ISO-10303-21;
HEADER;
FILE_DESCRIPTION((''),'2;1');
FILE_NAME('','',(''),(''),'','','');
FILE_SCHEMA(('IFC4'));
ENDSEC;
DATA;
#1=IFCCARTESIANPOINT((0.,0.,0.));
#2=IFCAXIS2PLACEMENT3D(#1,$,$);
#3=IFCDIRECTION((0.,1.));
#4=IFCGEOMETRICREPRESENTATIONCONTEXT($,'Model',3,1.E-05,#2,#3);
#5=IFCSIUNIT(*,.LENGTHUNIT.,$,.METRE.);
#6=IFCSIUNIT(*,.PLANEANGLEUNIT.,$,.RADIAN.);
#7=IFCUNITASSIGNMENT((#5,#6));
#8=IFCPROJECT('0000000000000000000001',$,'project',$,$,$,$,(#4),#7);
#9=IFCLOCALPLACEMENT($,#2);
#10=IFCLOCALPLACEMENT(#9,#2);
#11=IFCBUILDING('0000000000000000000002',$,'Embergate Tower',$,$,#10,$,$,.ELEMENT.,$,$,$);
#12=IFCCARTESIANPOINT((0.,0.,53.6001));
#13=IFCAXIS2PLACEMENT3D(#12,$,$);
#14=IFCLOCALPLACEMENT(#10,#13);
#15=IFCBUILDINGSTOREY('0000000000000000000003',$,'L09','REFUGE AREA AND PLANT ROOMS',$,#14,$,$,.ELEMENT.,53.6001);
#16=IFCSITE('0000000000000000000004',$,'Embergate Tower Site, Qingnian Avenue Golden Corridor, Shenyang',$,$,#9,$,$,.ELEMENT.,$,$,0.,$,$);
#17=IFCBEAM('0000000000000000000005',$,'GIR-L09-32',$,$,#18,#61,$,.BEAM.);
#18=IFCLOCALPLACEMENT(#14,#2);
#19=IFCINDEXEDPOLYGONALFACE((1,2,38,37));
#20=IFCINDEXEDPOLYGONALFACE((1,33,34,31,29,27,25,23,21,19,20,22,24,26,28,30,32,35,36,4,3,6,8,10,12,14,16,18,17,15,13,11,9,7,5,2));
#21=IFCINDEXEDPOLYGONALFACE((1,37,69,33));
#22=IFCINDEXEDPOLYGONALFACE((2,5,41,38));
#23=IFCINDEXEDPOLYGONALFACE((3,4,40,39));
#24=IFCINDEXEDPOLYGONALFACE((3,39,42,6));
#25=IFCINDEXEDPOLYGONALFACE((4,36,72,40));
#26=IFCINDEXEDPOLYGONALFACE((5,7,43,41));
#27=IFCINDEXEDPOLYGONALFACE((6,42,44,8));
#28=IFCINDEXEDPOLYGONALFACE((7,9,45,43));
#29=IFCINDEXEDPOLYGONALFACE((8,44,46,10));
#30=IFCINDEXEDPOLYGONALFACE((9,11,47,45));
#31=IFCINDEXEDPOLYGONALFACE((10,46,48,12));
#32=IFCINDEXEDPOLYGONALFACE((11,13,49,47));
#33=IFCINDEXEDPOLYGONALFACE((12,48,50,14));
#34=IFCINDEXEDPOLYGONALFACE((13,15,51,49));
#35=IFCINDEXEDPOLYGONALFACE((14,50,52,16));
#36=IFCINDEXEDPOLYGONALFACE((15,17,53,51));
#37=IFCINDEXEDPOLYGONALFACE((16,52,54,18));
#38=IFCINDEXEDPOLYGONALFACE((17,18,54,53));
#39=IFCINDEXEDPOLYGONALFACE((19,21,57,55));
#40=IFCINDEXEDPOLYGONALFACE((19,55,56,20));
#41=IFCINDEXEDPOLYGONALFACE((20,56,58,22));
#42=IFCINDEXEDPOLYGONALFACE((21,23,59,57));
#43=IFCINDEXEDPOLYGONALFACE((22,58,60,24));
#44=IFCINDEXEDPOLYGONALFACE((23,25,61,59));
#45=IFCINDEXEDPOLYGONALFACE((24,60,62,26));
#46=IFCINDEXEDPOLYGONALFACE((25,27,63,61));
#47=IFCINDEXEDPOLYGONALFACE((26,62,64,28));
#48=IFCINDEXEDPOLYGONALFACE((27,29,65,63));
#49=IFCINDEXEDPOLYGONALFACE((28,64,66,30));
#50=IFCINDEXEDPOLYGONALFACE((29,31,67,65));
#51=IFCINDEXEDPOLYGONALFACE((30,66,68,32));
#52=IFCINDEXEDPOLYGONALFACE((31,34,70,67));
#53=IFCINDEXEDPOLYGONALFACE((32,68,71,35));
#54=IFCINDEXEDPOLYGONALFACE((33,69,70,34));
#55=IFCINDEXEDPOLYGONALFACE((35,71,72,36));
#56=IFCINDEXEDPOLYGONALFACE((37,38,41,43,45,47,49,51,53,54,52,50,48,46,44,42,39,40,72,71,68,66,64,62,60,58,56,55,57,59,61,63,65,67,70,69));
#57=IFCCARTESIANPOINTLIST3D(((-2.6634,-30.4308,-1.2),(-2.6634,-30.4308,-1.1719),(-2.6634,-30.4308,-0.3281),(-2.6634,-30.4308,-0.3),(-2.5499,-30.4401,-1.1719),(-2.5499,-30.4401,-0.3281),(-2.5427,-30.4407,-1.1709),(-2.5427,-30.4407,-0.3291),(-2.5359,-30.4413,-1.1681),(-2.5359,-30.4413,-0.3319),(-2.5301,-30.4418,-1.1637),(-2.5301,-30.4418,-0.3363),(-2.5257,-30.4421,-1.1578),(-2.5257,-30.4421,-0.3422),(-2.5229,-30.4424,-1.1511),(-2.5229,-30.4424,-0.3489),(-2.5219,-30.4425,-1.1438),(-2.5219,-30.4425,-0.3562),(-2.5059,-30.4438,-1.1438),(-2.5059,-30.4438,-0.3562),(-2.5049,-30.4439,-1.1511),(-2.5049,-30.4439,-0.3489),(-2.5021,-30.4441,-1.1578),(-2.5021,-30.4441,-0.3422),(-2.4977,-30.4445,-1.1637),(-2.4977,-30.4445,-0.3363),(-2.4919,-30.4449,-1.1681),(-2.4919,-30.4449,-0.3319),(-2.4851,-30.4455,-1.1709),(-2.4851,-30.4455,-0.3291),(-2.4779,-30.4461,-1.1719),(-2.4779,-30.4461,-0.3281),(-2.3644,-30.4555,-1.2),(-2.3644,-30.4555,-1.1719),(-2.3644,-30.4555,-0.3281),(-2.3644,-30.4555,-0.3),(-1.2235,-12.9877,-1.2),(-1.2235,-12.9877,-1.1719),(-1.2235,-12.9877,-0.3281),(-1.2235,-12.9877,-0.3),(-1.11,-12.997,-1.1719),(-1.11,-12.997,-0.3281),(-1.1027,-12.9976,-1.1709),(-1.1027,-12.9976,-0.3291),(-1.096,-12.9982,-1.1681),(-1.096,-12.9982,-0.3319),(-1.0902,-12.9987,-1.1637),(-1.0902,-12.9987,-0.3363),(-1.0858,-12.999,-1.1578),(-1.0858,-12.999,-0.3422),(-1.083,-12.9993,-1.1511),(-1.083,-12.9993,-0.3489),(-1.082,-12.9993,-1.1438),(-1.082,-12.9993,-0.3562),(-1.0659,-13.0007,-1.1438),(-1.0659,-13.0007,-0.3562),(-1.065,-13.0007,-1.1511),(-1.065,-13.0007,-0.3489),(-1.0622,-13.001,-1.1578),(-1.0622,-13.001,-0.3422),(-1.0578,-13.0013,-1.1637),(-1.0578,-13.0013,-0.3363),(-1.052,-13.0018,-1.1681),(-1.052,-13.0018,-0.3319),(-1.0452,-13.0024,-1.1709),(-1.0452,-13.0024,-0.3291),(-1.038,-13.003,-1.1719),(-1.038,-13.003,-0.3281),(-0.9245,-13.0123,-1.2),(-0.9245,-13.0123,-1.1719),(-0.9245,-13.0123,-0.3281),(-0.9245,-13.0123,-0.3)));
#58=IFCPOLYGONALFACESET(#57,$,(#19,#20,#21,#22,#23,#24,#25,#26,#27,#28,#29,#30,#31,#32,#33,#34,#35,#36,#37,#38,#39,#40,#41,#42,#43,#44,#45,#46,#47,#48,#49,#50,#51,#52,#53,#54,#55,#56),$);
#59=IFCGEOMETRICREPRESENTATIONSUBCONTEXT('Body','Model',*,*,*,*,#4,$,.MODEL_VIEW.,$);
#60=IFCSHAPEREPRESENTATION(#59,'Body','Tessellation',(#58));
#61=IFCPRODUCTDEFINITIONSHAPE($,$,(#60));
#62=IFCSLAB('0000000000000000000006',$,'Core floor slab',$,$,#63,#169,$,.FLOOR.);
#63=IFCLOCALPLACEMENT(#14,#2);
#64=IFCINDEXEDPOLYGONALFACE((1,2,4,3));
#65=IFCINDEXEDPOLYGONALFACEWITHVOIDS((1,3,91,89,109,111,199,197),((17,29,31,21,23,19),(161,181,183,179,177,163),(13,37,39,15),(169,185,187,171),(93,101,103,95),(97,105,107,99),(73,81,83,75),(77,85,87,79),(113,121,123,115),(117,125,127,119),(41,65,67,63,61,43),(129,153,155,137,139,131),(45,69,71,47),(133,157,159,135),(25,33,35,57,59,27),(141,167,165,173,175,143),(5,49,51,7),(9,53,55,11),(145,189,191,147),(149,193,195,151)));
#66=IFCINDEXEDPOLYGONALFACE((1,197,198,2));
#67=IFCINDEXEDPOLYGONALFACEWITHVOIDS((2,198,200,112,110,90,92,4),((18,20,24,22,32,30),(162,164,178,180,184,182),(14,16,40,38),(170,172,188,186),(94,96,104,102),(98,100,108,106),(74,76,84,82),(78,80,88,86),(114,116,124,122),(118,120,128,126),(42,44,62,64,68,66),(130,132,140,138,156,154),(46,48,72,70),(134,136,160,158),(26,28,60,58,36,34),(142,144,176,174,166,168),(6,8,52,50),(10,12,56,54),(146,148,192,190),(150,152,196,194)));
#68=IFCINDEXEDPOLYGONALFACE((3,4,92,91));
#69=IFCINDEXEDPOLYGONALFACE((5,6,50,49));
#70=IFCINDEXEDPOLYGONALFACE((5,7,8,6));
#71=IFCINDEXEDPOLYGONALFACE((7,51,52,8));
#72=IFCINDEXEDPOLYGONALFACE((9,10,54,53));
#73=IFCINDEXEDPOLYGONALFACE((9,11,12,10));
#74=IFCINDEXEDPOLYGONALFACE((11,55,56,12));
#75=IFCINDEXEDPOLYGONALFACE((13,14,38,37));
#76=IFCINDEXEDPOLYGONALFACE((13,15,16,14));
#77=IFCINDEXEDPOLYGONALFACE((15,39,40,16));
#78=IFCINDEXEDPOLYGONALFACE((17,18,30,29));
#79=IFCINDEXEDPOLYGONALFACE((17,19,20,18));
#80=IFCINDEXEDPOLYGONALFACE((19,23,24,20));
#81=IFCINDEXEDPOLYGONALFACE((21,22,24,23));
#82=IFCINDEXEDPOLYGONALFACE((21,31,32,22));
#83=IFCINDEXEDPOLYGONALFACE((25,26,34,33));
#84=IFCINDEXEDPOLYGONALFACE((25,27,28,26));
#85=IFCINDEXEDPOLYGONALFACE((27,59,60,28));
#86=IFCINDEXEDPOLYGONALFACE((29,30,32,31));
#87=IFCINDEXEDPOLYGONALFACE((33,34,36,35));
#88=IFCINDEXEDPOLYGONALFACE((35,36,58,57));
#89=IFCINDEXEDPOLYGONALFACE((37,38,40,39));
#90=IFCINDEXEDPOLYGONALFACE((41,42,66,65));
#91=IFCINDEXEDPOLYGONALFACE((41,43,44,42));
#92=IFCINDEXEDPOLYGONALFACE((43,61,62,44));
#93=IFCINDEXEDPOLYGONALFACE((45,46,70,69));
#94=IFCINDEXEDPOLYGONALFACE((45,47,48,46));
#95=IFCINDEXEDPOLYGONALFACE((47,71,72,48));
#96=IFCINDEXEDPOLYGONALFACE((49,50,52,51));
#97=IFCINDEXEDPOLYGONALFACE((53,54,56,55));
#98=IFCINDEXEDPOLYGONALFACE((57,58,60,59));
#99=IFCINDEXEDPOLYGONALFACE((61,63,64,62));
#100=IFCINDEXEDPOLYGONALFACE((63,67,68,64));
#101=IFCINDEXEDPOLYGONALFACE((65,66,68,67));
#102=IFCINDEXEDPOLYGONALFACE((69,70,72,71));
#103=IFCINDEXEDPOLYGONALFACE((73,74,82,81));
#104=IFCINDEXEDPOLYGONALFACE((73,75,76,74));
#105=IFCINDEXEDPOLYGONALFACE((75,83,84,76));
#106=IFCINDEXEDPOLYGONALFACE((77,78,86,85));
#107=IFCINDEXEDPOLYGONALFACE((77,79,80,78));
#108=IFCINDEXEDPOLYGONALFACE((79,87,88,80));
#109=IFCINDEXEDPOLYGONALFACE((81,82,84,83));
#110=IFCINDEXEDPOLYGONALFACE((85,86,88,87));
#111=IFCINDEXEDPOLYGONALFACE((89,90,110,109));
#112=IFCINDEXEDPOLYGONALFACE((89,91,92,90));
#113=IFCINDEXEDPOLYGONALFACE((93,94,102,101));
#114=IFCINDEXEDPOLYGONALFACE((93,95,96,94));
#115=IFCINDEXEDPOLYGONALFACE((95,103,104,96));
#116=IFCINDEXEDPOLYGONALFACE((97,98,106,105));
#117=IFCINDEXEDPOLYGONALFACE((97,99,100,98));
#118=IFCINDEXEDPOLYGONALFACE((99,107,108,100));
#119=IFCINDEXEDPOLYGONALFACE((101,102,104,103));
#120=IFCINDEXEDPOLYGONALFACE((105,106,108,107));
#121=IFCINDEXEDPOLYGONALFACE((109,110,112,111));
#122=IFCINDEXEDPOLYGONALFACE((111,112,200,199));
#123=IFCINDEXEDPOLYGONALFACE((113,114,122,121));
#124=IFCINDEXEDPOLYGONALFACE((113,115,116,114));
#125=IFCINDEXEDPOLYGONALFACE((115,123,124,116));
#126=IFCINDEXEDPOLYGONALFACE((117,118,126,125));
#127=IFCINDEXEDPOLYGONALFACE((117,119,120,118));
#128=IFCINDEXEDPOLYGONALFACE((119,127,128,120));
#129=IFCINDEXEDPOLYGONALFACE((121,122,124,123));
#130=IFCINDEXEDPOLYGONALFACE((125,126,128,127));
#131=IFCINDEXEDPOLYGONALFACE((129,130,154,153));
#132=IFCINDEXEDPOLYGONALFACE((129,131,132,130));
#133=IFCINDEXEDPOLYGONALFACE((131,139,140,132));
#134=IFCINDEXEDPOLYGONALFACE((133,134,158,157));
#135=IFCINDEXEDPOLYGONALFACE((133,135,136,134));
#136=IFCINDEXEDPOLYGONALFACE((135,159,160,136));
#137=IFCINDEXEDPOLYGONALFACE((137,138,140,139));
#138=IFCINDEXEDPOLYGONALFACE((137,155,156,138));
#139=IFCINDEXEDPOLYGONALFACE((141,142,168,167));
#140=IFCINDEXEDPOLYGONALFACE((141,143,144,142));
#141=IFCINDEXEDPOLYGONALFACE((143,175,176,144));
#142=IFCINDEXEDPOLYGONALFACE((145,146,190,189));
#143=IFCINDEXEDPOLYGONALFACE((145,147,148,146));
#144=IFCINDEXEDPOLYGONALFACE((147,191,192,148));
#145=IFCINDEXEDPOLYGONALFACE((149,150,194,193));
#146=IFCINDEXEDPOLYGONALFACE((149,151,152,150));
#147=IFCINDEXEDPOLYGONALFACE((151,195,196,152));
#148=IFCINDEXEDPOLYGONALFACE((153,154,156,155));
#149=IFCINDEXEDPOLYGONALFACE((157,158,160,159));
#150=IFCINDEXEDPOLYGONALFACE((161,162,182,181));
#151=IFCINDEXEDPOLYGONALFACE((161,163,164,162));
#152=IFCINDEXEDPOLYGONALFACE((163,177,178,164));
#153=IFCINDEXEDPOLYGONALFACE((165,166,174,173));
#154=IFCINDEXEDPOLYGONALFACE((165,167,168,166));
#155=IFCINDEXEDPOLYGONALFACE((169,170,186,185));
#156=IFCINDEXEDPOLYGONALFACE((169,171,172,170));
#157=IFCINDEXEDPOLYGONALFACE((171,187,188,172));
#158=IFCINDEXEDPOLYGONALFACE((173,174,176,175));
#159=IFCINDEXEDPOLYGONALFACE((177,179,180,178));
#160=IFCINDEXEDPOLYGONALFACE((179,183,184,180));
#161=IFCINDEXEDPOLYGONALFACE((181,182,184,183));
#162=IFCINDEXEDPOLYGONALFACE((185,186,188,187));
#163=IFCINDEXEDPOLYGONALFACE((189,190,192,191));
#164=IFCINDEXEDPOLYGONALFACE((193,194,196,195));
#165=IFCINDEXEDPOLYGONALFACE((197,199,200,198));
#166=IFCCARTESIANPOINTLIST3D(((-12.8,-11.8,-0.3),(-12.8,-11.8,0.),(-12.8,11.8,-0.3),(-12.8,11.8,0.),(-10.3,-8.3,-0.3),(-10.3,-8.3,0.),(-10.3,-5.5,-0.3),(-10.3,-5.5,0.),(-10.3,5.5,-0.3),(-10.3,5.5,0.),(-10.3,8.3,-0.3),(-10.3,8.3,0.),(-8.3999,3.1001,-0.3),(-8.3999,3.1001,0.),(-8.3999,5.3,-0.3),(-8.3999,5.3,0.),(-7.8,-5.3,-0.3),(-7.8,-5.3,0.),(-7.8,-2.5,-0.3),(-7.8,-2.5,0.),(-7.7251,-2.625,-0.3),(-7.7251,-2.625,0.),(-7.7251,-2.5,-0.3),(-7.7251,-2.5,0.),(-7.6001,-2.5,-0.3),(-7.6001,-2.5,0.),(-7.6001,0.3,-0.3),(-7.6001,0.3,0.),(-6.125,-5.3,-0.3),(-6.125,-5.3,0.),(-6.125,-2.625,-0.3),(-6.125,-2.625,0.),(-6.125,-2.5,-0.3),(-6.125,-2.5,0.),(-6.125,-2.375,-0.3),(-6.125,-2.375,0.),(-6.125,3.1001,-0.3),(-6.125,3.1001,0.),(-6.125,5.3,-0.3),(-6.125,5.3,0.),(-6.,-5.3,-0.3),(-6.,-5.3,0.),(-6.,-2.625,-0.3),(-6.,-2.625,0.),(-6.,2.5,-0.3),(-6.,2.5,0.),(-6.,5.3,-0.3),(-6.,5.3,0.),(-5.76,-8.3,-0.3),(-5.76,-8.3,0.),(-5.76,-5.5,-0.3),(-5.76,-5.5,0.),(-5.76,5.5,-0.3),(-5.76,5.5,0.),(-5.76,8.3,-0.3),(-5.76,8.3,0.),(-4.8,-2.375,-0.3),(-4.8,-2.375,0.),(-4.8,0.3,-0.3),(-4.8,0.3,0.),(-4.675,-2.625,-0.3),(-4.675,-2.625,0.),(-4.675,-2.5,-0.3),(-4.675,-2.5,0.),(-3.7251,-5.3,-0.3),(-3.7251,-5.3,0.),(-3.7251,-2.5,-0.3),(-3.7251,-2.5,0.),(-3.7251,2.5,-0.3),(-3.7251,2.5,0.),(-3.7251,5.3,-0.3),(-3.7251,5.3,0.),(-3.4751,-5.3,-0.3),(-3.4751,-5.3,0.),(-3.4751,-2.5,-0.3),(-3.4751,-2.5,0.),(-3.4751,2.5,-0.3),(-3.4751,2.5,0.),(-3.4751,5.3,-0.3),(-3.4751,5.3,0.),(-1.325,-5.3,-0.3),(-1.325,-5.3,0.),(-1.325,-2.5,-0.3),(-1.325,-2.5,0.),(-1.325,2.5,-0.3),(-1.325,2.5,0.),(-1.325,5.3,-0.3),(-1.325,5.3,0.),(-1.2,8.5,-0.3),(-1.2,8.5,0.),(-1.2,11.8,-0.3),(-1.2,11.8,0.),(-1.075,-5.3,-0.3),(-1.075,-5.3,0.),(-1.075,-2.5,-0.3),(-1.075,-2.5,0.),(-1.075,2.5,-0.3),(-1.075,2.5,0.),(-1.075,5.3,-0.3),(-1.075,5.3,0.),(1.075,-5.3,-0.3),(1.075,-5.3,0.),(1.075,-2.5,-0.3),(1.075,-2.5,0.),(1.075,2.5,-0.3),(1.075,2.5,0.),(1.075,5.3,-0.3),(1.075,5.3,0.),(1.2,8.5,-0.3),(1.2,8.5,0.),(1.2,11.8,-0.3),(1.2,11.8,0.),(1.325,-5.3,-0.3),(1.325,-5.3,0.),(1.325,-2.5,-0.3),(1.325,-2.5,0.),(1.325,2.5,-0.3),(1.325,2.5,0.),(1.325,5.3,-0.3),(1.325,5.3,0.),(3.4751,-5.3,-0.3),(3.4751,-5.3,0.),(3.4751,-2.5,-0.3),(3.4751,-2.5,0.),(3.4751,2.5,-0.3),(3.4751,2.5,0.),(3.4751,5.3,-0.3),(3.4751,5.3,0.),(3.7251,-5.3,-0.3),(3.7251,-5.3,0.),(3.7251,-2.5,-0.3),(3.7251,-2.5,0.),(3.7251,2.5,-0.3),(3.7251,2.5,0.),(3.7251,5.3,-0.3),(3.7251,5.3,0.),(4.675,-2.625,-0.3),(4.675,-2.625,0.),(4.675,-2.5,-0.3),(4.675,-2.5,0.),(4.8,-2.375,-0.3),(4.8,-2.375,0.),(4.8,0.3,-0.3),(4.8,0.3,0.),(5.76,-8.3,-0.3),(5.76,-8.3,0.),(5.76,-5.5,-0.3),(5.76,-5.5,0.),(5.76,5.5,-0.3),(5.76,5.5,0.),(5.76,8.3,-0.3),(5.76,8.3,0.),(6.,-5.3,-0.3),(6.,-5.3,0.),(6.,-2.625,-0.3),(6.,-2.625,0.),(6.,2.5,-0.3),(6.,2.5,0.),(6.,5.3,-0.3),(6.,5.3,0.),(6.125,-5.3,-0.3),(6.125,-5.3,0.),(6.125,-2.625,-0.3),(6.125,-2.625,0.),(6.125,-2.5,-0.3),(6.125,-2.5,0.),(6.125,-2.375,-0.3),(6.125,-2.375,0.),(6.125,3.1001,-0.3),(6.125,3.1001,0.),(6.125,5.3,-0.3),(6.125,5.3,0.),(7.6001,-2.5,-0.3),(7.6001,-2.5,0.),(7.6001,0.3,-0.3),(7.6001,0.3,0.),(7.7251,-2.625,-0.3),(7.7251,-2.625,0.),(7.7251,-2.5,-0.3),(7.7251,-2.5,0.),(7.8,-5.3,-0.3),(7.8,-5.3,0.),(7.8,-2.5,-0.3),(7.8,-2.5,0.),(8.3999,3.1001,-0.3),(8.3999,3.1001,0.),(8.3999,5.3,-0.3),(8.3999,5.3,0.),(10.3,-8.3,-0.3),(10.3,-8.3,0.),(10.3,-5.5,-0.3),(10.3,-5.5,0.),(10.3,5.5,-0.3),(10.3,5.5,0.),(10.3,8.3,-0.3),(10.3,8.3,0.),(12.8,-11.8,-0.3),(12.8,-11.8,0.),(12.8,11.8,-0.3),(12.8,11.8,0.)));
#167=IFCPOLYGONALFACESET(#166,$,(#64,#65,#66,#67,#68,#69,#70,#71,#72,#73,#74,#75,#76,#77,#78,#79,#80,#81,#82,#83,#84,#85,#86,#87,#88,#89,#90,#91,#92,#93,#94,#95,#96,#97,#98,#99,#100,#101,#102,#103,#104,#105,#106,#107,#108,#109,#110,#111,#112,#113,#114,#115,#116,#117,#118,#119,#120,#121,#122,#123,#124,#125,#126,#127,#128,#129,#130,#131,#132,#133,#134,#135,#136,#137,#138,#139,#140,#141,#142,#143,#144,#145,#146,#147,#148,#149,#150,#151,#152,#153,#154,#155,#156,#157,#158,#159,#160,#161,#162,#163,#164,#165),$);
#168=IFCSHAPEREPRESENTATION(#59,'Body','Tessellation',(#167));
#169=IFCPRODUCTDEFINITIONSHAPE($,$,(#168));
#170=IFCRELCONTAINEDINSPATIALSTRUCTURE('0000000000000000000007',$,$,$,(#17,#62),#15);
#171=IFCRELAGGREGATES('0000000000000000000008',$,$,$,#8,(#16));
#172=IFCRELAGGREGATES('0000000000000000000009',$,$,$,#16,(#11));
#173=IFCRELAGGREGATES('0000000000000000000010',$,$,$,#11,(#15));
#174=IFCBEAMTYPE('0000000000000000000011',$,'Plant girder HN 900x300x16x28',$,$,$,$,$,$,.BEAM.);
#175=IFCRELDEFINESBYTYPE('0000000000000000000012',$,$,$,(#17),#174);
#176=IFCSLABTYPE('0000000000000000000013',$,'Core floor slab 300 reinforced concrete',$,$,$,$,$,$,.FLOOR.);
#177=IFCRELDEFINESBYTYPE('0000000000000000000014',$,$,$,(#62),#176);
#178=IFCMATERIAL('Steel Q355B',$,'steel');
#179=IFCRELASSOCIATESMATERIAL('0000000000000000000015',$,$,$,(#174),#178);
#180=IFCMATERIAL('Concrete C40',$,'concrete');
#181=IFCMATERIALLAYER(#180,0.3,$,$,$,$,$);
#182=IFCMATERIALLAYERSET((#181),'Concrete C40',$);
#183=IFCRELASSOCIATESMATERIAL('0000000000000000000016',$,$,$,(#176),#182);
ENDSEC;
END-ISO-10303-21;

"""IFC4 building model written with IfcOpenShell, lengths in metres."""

from ifc_helpers import new_model, si_unit, direction, frame, origin, origin_2d, place, context, subcontext, project, spatial, polyline, i_section, outline, extrude, source, transform, mapped, material, layer, layer_set, material_profile, profile_set, type_object, element, save


model = new_model("IFC4")

# Units and contexts
model_context = context("Model", 3, precision=1e-05, world=origin(), true_north=direction((0.0, 1.0)))
body_context = subcontext(model_context, "Body", "Model", "MODEL_VIEW")
ifc_project = project(units=[si_unit("LENGTHUNIT", "METRE"), si_unit("PLANEANGLEUNIT", "RADIAN")], contexts=[model_context])

# Site, building, storey
site_placement = place(None, origin())
site = spatial("IfcSite", under=ifc_project, at=site_placement, Name="Embergate Tower Site, Qingnian Avenue Golden Corridor, Shenyang", CompositionType="ELEMENT", RefElevation=0.0)
building_placement = place(site_placement, origin())
building = spatial("IfcBuilding", under=site, at=building_placement, Name="Embergate Tower", CompositionType="ELEMENT")
storey_placement = place(building_placement, frame((0.0, 0.0, 53.6001)))
storey = spatial("IfcBuildingStorey", under=building, at=storey_placement, Name="L09", Description="REFUGE AREA AND PLANT ROOMS", CompositionType="ELEMENT", Elevation=53.6001)

# Beam
ifc_material_1 = material(Name="Steel Q355B", Category="steel")
ifc_material_profile_1 = material_profile(ifc_material_1, i_section(OverallWidth=0.3, OverallDepth=0.8999, WebThickness=0.0161, FlangeThickness=0.0281, FilletRadius=0.0281, at=origin_2d()), Name="HN 900x300x16x28")
ifc_profile_set_1 = profile_set([ifc_material_profile_1], Name="Steel Q355 grade B")
beam_type_1 = type_object("IfcBeamType", Name="Plant girder HN 900x300x16x28", PredefinedType="BEAM", material=ifc_profile_set_1)
shared_shape_1 = source(origin(), body_context, "Body", "SweptSolid", [
    extrude(i_section(OverallWidth=0.3, OverallDepth=0.8999, WebThickness=0.0161, FlangeThickness=0.0281, FilletRadius=0.0281, at=origin_2d()), origin(), (0.0, 0.0, 1.0), 17.5024),
])
beam_1_placement = place(storey_placement, frame((-2.5139, -30.4431, -0.75), z_axis=(0.082271, 0.99661, 0.0), x_axis=(-0.99661, 0.082271, 0.0)))
element("IfcBeam", 1, at=beam_1_placement, inside=storey, type_object=beam_type_1, Name="GIR-L09-32", PredefinedType="BEAM", context=body_context, shape_type="MappedRepresentation", body=[
    mapped(shared_shape_1, transform((0.0, 0.0, 0.0))),
])

# Slab
ifc_material_2 = material(Name="Concrete C40", Category="concrete")
ifc_layer_1 = layer(ifc_material_2, 0.3)
ifc_layer_set_1 = layer_set([ifc_layer_1], Name="Concrete C40")
slab_type = type_object("IfcSlabType", Name="Core floor slab 300 reinforced concrete", PredefinedType="FLOOR", material=ifc_layer_set_1)
shared_shape_2 = source(origin(), body_context, "Body", "SweptSolid", [
    extrude(outline(polyline([(0.0, 0.0), (25.6001, 0.0), (25.6001, 23.6001), (14.0, 23.6001), (14.0, 20.3), (11.6001, 20.3), (11.6001, 23.6001), (0.0, 23.6001), (0.0, 0.0)]), holes=[polyline([(2.5, 3.5), (2.5, 6.3), (7.04, 6.3), (7.04, 3.5), (2.5, 3.5)]), polyline([(18.5601, 3.5), (18.5601, 6.3), (23.1001, 6.3), (23.1001, 3.5), (18.5601, 3.5)]), polyline([(5.0, 6.5), (5.0, 9.3), (5.075, 9.3), (5.075, 9.175), (6.675, 9.175), (6.675, 6.5), (5.0, 6.5)]), polyline([(6.8, 6.5), (6.8, 9.175), (8.125, 9.175), (8.125, 9.3), (9.075, 9.3), (9.075, 6.5), (6.8, 6.5)]), polyline([(9.325, 6.5), (9.325, 9.3), (11.4751, 9.3), (11.4751, 6.5), (9.325, 6.5)]), polyline([(11.7251, 6.5), (11.7251, 9.3), (13.875, 9.3), (13.875, 6.5), (11.7251, 6.5)]), polyline([(14.125, 6.5), (14.125, 9.3), (16.2751, 9.3), (16.2751, 6.5), (14.125, 6.5)]), polyline([(16.5251, 6.5), (16.5251, 9.3), (17.4751, 9.3), (17.4751, 9.175), (18.8, 9.175), (18.8, 6.5), (16.5251, 6.5)]), polyline([(18.925, 6.5), (18.925, 9.175), (20.5251, 9.175), (20.5251, 9.3), (20.6001, 9.3), (20.6001, 6.5), (18.925, 6.5)]), polyline([(5.2, 9.3), (5.2, 12.1001), (8.0, 12.1001), (8.0, 9.425), (6.675, 9.425), (6.675, 9.3), (5.2, 9.3)]), polyline([(18.925, 9.3), (18.925, 9.425), (17.6001, 9.425), (17.6001, 12.1001), (20.4001, 12.1001), (20.4001, 9.3), (18.925, 9.3)]), polyline([(6.8, 14.3), (6.8, 17.1001), (9.075, 17.1001), (9.075, 14.3), (6.8, 14.3)]), polyline([(9.325, 14.3), (9.325, 17.1001), (11.4751, 17.1001), (11.4751, 14.3), (9.325, 14.3)]), polyline([(11.7251, 14.3), (11.7251, 17.1001), (13.875, 17.1001), (13.875, 14.3), (11.7251, 14.3)]), polyline([(14.125, 14.3), (14.125, 17.1001), (16.2751, 17.1001), (16.2751, 14.3), (14.125, 14.3)]), polyline([(16.5251, 14.3), (16.5251, 17.1001), (18.8, 17.1001), (18.8, 14.3), (16.5251, 14.3)]), polyline([(4.4001, 14.9001), (4.4001, 17.1001), (6.675, 17.1001), (6.675, 14.9001), (4.4001, 14.9001)]), polyline([(18.925, 14.9001), (18.925, 17.1001), (21.2, 17.1001), (21.2, 14.9001), (18.925, 14.9001)]), polyline([(2.5, 17.3), (2.5, 20.1001), (7.04, 20.1001), (7.04, 17.3), (2.5, 17.3)]), polyline([(18.5601, 17.3), (18.5601, 20.1001), (23.1001, 20.1001), (23.1001, 17.3), (18.5601, 17.3)])]), origin(), (0.0, 0.0, 1.0), 0.3),
])
slab_placement = place(storey_placement, frame((-12.8, -11.8, -0.3)))
element("IfcSlab", 2, at=slab_placement, inside=storey, type_object=slab_type, Name="Core floor slab", PredefinedType="FLOOR", context=body_context, shape_type="MappedRepresentation", body=[
    mapped(shared_shape_2, transform((0.0, 0.0, 0.0))),
])

save(model, "model.ifc")
